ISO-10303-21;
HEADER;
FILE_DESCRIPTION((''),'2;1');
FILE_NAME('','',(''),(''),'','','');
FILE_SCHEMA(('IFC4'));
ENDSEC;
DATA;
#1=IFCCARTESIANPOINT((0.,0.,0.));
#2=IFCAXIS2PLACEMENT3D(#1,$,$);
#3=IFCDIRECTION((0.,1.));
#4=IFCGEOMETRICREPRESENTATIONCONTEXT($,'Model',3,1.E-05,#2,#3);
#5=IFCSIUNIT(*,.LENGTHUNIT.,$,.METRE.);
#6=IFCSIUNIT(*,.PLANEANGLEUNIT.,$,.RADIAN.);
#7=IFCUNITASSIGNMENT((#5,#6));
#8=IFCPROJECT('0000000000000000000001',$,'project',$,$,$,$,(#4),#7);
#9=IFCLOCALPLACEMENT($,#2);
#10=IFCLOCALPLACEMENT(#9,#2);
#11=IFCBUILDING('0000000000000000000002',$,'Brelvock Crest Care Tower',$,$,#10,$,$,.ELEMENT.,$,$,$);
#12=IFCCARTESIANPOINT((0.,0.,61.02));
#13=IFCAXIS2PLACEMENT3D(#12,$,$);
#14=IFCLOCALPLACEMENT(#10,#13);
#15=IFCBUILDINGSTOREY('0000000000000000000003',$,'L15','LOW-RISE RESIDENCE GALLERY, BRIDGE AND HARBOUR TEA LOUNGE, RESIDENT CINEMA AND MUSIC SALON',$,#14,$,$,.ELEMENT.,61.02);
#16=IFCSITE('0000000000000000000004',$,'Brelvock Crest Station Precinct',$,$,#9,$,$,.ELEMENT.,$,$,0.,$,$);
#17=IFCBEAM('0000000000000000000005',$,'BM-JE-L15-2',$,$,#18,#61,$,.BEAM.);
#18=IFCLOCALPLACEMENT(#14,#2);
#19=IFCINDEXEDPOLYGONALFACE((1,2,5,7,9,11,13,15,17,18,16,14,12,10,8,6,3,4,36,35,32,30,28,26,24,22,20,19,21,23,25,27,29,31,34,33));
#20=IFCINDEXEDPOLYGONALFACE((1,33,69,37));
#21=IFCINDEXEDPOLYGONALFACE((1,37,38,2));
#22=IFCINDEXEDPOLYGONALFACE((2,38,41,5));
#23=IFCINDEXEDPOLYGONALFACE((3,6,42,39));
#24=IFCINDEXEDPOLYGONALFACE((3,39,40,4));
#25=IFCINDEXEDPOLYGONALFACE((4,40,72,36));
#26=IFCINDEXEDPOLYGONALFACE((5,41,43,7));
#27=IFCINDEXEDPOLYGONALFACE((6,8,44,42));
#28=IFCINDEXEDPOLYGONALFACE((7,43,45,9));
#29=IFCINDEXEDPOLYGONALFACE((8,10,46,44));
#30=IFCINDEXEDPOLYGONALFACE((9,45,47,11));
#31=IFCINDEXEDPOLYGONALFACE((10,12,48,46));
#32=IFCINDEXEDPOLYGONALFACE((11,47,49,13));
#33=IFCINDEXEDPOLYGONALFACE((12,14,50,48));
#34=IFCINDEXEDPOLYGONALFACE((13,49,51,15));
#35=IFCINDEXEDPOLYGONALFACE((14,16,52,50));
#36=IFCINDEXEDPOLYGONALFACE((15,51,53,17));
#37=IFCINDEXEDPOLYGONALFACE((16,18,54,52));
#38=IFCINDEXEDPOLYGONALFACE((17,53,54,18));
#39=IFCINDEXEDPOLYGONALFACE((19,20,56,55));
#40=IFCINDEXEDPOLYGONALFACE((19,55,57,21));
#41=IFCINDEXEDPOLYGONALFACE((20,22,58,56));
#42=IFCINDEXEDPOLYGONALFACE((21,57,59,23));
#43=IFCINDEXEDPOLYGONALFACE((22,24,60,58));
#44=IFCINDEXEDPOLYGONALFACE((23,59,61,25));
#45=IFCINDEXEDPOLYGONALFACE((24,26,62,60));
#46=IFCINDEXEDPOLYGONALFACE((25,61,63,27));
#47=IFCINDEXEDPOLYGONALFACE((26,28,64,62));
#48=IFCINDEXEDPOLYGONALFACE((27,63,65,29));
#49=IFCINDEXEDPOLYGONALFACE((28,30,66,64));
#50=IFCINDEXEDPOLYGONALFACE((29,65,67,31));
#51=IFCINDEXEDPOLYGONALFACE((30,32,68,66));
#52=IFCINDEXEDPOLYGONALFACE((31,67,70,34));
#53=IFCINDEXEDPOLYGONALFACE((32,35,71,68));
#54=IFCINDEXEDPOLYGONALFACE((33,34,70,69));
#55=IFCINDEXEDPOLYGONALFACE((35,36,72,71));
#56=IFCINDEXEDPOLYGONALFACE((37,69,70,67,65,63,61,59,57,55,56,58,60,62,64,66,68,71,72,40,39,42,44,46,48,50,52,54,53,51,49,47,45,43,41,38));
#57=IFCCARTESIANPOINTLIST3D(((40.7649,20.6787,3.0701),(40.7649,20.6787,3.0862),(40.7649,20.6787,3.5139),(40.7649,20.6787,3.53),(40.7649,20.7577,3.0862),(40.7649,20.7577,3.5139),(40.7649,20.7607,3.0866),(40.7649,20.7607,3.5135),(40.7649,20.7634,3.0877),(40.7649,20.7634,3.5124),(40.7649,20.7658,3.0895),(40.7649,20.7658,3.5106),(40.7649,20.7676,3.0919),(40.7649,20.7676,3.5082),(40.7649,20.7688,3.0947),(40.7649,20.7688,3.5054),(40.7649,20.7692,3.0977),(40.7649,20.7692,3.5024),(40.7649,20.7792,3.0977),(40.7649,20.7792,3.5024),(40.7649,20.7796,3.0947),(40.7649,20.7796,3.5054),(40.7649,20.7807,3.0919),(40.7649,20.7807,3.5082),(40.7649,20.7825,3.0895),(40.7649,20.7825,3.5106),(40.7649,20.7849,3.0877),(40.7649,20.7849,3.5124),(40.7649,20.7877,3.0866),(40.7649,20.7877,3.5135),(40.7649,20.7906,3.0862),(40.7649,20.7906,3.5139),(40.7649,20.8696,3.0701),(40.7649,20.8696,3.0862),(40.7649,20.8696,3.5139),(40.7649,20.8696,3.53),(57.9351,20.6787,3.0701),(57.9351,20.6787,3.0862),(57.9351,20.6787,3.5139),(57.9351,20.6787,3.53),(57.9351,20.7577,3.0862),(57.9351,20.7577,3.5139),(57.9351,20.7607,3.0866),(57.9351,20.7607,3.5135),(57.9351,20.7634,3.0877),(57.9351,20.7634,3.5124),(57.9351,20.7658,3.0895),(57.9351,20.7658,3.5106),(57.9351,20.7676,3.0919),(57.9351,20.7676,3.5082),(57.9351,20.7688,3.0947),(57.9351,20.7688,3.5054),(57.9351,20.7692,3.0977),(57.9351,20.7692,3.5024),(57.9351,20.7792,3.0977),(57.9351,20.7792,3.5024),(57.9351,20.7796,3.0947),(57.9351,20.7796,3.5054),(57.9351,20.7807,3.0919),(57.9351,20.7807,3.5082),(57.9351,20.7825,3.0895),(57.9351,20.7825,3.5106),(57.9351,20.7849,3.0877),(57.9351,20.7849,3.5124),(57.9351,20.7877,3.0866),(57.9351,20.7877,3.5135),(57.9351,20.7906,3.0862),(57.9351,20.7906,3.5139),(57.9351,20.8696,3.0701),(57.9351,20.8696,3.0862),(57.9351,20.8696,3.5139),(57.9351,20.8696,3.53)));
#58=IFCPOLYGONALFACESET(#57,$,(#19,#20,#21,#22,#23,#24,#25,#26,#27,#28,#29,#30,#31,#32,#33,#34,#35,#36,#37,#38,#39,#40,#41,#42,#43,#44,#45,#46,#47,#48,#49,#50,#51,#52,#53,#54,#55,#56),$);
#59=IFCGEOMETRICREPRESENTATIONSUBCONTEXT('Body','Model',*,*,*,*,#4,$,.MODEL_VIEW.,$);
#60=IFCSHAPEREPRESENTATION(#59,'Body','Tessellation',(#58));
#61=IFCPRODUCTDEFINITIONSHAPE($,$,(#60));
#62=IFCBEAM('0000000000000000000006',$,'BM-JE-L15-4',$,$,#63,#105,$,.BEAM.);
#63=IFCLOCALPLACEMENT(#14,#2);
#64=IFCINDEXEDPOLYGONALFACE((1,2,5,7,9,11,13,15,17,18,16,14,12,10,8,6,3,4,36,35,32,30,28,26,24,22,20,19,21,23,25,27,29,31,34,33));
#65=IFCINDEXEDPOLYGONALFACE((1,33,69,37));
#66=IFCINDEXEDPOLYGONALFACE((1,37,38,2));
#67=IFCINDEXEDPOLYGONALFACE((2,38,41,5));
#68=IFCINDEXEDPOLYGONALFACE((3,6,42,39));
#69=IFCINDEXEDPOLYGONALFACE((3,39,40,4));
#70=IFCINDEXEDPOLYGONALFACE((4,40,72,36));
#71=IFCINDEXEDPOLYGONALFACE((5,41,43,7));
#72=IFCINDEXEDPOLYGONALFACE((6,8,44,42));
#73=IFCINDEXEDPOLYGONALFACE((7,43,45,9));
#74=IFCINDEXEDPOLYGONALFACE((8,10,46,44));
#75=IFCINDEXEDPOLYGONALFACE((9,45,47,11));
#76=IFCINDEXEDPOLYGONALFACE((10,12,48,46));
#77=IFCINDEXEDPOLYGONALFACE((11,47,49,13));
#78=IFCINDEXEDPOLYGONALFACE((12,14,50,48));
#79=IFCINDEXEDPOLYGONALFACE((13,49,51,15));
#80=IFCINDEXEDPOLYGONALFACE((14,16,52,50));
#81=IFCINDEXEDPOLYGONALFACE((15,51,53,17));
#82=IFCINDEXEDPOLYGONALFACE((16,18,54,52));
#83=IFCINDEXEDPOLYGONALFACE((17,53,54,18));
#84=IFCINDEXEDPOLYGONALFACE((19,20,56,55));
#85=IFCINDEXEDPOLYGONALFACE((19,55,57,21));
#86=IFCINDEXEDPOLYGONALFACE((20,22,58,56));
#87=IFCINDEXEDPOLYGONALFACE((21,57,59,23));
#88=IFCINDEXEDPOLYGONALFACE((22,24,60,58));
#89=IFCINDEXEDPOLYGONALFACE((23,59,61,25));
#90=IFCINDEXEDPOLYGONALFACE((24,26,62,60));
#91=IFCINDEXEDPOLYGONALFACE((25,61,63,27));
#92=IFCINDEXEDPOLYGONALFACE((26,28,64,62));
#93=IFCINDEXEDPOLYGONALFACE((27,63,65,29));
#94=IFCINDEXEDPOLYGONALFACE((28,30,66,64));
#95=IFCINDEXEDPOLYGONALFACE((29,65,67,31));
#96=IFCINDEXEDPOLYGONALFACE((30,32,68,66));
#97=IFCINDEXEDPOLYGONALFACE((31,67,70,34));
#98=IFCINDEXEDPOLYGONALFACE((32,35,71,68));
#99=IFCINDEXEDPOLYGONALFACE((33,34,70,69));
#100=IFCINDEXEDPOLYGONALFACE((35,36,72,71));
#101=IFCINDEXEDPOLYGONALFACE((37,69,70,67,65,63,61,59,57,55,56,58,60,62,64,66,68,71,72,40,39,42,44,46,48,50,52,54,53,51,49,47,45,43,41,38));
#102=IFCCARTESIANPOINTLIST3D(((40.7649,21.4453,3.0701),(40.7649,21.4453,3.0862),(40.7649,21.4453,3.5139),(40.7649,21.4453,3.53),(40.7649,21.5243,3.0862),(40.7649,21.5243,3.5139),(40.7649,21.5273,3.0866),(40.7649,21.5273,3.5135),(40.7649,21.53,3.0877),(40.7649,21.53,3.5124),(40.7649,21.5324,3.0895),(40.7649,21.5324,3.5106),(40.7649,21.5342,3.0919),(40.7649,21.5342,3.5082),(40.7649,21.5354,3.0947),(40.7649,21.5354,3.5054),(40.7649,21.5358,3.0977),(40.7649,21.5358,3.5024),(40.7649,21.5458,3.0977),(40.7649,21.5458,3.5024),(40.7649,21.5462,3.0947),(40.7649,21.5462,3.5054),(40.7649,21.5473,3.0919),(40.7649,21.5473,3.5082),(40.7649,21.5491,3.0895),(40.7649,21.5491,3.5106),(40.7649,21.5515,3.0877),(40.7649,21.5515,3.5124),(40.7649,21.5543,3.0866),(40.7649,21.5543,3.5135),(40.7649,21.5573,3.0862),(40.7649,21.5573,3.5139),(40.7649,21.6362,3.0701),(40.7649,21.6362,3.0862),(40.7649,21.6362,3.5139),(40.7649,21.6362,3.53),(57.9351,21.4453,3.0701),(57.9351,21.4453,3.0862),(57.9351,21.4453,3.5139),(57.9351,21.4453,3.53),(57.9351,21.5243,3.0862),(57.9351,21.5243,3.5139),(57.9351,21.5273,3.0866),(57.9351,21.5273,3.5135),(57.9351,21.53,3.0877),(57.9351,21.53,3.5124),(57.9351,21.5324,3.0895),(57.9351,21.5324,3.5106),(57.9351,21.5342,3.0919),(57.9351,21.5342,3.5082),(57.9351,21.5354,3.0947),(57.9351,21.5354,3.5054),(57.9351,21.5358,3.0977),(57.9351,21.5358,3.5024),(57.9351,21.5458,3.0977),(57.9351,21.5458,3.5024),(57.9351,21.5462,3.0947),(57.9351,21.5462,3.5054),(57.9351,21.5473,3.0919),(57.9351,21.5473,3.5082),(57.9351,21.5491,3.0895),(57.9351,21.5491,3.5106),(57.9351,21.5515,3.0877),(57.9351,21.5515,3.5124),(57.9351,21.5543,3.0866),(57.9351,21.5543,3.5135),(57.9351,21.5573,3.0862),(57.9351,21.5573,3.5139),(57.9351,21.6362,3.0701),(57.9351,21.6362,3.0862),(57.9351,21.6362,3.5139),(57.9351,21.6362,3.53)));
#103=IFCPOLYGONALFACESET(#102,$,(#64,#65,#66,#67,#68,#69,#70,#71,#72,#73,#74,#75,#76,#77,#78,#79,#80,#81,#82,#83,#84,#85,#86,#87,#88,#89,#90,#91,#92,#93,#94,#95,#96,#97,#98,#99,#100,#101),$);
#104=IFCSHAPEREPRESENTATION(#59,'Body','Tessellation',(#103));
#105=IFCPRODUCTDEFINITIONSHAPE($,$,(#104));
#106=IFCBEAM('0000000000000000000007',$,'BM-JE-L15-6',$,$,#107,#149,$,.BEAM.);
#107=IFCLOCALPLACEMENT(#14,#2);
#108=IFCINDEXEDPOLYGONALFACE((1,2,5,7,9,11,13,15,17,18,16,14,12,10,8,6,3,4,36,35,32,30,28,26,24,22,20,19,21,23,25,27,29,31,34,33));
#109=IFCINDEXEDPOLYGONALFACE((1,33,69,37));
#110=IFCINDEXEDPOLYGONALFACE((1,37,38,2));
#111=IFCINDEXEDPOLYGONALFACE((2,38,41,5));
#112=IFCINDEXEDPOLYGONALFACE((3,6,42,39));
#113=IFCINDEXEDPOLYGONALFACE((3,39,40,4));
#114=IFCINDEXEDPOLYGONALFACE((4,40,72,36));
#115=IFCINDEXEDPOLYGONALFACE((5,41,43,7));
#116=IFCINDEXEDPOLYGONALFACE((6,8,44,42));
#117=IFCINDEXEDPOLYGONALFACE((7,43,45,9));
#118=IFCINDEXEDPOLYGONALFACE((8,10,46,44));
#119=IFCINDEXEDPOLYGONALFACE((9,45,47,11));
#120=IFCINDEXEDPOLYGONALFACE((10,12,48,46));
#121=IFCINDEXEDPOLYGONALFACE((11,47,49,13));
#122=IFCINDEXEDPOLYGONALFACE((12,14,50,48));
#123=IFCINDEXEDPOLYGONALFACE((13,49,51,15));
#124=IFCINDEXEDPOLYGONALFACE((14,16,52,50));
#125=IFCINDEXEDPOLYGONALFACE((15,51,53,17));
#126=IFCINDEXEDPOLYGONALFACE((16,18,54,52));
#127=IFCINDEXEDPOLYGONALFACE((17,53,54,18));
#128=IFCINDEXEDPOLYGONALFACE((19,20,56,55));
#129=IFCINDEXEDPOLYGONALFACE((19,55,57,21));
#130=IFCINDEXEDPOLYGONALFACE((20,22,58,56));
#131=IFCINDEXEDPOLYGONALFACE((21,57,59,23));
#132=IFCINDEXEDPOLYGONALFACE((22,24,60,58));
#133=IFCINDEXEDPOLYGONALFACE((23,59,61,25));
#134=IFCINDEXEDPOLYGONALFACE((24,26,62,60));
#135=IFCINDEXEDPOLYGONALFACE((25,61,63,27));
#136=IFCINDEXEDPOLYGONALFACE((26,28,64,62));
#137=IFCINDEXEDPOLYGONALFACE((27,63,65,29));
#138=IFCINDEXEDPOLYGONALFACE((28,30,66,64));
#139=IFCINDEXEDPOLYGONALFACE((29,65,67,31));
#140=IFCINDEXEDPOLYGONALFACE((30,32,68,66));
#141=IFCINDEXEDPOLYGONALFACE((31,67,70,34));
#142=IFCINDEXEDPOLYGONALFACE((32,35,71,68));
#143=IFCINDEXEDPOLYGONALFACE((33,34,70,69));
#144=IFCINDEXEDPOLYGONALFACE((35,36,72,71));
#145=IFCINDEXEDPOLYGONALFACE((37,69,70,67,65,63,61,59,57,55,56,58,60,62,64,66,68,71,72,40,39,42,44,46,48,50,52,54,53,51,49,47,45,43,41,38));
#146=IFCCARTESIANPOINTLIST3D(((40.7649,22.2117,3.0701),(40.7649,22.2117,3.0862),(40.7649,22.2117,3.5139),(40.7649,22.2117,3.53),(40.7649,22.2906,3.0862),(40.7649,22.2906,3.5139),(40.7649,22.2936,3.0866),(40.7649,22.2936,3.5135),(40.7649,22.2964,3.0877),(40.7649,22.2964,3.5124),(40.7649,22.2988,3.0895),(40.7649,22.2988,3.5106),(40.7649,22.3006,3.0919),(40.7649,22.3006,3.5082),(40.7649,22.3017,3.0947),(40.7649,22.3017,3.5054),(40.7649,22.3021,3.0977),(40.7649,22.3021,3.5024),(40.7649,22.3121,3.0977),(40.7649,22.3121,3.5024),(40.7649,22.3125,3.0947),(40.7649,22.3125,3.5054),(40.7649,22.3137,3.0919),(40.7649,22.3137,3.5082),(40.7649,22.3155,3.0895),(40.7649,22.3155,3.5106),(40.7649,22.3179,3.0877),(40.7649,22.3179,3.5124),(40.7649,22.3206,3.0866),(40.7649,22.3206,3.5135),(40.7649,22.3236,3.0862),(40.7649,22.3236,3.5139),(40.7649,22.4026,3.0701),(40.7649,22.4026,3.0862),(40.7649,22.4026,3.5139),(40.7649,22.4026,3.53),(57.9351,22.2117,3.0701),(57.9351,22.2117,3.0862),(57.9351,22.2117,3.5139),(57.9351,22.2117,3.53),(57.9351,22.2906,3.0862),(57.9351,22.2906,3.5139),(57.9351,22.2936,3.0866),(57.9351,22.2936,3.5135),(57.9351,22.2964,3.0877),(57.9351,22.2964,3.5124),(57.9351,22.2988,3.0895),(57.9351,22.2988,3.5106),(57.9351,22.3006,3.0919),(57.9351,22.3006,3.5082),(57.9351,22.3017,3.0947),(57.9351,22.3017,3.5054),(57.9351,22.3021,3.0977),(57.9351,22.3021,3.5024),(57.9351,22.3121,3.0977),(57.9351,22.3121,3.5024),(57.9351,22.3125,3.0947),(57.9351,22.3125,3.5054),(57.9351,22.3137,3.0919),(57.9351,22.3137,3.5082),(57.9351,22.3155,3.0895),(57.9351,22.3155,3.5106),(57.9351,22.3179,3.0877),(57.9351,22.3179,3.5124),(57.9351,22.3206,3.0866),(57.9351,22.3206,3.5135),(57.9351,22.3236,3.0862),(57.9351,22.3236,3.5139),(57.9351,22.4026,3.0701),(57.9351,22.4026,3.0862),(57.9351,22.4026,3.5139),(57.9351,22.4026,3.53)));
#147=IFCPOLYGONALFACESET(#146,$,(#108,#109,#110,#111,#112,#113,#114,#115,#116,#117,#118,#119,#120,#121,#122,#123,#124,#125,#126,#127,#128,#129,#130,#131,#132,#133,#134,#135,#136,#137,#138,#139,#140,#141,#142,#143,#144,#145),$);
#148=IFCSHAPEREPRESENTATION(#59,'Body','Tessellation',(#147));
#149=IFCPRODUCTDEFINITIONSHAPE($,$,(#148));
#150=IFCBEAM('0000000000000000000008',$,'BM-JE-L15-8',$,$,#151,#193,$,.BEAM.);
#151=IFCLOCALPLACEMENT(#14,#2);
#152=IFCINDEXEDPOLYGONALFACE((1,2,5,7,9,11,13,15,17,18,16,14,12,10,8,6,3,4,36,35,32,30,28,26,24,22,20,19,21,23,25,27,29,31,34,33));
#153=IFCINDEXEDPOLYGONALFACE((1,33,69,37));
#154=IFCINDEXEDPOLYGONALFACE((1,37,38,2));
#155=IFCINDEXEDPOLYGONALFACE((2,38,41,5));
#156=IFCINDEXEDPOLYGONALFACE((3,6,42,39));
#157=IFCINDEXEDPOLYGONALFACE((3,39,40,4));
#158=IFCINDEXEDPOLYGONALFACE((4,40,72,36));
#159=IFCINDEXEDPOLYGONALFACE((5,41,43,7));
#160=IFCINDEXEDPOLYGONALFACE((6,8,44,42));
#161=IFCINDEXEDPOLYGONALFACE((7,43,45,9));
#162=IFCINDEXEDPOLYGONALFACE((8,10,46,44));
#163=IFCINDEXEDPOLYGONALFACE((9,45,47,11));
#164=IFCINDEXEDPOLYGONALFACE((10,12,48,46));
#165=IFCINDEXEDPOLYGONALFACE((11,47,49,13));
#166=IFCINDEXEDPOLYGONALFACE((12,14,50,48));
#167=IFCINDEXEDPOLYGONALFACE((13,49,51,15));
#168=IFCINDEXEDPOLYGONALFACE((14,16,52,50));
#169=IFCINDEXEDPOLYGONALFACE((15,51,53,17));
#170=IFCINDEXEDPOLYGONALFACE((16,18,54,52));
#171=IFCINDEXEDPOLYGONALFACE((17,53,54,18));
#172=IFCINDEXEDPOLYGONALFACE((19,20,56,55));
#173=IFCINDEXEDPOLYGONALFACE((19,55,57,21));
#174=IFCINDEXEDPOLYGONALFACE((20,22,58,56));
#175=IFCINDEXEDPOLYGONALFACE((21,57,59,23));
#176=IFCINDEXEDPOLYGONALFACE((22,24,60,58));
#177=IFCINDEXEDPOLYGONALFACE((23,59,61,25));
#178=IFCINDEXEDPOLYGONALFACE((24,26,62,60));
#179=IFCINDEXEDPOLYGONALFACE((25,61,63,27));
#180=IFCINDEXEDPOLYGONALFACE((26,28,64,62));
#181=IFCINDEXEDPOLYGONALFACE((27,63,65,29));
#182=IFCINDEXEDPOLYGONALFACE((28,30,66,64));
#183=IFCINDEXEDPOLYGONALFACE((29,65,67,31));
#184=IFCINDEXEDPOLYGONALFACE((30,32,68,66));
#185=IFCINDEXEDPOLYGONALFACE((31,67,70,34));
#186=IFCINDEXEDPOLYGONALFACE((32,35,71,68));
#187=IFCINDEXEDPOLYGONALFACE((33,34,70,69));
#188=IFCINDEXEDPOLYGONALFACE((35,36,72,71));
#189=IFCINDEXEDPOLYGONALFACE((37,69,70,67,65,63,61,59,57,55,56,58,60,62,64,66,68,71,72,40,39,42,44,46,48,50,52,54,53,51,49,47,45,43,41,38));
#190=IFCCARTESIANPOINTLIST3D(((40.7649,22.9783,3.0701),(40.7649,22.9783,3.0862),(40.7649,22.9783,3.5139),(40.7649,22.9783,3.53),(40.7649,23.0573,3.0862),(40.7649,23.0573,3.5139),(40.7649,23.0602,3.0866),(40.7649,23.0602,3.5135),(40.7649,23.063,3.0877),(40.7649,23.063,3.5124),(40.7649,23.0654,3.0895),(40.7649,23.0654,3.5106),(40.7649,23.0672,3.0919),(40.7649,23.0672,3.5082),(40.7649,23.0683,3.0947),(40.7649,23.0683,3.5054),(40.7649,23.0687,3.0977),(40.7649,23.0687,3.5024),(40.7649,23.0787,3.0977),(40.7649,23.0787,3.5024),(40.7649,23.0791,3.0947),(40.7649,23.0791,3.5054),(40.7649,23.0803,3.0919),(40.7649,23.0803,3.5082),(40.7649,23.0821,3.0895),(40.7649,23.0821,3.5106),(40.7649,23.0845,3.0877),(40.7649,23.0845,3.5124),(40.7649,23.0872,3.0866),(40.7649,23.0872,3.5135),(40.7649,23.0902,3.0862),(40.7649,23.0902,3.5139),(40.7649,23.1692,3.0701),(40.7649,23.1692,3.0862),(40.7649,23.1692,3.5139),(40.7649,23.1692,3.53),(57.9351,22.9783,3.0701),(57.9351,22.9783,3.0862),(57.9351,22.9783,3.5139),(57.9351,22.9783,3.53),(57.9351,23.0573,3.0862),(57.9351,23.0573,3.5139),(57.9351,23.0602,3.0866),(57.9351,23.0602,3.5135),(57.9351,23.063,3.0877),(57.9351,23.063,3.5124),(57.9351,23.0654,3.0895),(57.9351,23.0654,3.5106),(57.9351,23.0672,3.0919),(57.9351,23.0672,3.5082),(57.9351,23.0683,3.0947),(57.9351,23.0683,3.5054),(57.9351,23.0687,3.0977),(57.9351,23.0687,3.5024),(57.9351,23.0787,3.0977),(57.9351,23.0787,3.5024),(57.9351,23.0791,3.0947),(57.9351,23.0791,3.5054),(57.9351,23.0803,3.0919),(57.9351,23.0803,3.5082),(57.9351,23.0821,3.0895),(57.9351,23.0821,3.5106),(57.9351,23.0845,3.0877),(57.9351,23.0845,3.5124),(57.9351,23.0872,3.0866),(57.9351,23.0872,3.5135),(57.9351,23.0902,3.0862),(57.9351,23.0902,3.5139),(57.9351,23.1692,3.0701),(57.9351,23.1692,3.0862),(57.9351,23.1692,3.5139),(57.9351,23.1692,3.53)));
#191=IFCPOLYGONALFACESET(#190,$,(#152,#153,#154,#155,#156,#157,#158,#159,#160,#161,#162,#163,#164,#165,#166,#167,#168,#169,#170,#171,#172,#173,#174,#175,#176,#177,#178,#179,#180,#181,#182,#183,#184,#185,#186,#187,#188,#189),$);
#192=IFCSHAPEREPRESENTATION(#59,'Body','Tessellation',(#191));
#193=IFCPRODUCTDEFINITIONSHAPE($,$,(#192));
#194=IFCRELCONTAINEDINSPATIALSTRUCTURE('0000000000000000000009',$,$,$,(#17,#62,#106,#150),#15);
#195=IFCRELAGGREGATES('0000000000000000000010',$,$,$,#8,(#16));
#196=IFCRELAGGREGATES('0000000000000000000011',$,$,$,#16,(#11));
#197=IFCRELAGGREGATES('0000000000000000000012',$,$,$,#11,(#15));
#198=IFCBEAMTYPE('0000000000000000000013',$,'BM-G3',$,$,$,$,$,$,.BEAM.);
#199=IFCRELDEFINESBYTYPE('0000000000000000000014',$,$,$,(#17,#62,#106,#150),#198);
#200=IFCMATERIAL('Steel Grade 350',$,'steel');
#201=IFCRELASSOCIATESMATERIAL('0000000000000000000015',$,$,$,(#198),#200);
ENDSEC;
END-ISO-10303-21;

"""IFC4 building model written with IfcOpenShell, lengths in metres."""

from ifc_helpers import new_model, si_unit, direction, frame, origin, origin_2d, place, context, subcontext, project, spatial, i_section, extrude, source, transform, mapped, material, material_profile, profile_set, type_object, element, save


model = new_model("IFC4")

# Units and contexts
model_context = context("Model", 3, precision=1e-05, world=origin(), true_north=direction((0.0, 1.0)))
body_context = subcontext(model_context, "Body", "Model", "MODEL_VIEW")
ifc_project = project(units=[si_unit("LENGTHUNIT", "METRE"), si_unit("PLANEANGLEUNIT", "RADIAN")], contexts=[model_context])

# Site, building, storey
site_placement = place(None, origin())
site = spatial("IfcSite", under=ifc_project, at=site_placement, Name="Brelvock Crest Station Precinct", CompositionType="ELEMENT", RefElevation=0.0)
building_placement = place(site_placement, origin())
building = spatial("IfcBuilding", under=site, at=building_placement, Name="Brelvock Crest Care Tower", CompositionType="ELEMENT")
storey_placement = place(building_placement, frame((0.0, 0.0, 61.02)))
storey = spatial("IfcBuildingStorey", under=building, at=storey_placement, Name="L15", Description="LOW-RISE RESIDENCE GALLERY, BRIDGE AND HARBOUR TEA LOUNGE, RESIDENT CINEMA AND MUSIC SALON", CompositionType="ELEMENT", Elevation=61.02)

# Beams
ifc_material_1 = material(Name="Steel Grade 350", Category="steel")
ifc_material_profile_1 = material_profile(ifc_material_1, i_section(OverallWidth=0.1909, OverallDepth=0.46, WebThickness=0.01, FlangeThickness=0.0161, FilletRadius=0.0115, at=origin_2d()), Name="460UB82.1")
ifc_profile_set_1 = profile_set([ifc_material_profile_1], Name="Steel Grade 350")
beam_type_1 = type_object("IfcBeamType", Name="BM-G3", PredefinedType="BEAM", material=ifc_profile_set_1)
shared_shape_1 = source(origin(), body_context, "Body", "SweptSolid", [
    extrude(i_section(OverallWidth=0.1909, OverallDepth=0.46, WebThickness=0.01, FlangeThickness=0.0161, FilletRadius=0.0115, at=origin_2d()), origin(), (0.0, 0.0, 1.0), 17.1702),
])
for number, where, z_axis, x_axis, name in (
    (1, (40.7649, 20.7742, 3.3), (1.0, 0.0, 0.0), (0.0, 1.0, 0.0), "BM-JE-L15-2"),
    (2, (40.7649, 21.5408, 3.3), (1.0, 0.0, 0.0), (0.0, 1.0, 0.0), "BM-JE-L15-4"),
    (3, (40.7649, 22.3071, 3.3), (1.0, 0.0, 0.0), (0.0, 1.0, 0.0), "BM-JE-L15-6"),
    (4, (40.7649, 23.0737, 3.3), (1.0, 0.0, 0.0), (0.0, 1.0, 0.0), "BM-JE-L15-8"),
):
    element("IfcBeam", number, at=place(storey_placement, frame(where, z_axis=z_axis, x_axis=x_axis)), inside=storey, type_object=beam_type_1, Name=name, PredefinedType="BEAM", context=body_context, shape_type="MappedRepresentation", body=[
        mapped(shared_shape_1, transform((0.0, 0.0, 0.0), x_axis=(1.0, 0.0, 0.0), y_axis=(0.0, 1.0, 0.0), z_axis=(0.0, 0.0, 1.0), scale=1.0)),
    ])

save(model, "model.ifc")
